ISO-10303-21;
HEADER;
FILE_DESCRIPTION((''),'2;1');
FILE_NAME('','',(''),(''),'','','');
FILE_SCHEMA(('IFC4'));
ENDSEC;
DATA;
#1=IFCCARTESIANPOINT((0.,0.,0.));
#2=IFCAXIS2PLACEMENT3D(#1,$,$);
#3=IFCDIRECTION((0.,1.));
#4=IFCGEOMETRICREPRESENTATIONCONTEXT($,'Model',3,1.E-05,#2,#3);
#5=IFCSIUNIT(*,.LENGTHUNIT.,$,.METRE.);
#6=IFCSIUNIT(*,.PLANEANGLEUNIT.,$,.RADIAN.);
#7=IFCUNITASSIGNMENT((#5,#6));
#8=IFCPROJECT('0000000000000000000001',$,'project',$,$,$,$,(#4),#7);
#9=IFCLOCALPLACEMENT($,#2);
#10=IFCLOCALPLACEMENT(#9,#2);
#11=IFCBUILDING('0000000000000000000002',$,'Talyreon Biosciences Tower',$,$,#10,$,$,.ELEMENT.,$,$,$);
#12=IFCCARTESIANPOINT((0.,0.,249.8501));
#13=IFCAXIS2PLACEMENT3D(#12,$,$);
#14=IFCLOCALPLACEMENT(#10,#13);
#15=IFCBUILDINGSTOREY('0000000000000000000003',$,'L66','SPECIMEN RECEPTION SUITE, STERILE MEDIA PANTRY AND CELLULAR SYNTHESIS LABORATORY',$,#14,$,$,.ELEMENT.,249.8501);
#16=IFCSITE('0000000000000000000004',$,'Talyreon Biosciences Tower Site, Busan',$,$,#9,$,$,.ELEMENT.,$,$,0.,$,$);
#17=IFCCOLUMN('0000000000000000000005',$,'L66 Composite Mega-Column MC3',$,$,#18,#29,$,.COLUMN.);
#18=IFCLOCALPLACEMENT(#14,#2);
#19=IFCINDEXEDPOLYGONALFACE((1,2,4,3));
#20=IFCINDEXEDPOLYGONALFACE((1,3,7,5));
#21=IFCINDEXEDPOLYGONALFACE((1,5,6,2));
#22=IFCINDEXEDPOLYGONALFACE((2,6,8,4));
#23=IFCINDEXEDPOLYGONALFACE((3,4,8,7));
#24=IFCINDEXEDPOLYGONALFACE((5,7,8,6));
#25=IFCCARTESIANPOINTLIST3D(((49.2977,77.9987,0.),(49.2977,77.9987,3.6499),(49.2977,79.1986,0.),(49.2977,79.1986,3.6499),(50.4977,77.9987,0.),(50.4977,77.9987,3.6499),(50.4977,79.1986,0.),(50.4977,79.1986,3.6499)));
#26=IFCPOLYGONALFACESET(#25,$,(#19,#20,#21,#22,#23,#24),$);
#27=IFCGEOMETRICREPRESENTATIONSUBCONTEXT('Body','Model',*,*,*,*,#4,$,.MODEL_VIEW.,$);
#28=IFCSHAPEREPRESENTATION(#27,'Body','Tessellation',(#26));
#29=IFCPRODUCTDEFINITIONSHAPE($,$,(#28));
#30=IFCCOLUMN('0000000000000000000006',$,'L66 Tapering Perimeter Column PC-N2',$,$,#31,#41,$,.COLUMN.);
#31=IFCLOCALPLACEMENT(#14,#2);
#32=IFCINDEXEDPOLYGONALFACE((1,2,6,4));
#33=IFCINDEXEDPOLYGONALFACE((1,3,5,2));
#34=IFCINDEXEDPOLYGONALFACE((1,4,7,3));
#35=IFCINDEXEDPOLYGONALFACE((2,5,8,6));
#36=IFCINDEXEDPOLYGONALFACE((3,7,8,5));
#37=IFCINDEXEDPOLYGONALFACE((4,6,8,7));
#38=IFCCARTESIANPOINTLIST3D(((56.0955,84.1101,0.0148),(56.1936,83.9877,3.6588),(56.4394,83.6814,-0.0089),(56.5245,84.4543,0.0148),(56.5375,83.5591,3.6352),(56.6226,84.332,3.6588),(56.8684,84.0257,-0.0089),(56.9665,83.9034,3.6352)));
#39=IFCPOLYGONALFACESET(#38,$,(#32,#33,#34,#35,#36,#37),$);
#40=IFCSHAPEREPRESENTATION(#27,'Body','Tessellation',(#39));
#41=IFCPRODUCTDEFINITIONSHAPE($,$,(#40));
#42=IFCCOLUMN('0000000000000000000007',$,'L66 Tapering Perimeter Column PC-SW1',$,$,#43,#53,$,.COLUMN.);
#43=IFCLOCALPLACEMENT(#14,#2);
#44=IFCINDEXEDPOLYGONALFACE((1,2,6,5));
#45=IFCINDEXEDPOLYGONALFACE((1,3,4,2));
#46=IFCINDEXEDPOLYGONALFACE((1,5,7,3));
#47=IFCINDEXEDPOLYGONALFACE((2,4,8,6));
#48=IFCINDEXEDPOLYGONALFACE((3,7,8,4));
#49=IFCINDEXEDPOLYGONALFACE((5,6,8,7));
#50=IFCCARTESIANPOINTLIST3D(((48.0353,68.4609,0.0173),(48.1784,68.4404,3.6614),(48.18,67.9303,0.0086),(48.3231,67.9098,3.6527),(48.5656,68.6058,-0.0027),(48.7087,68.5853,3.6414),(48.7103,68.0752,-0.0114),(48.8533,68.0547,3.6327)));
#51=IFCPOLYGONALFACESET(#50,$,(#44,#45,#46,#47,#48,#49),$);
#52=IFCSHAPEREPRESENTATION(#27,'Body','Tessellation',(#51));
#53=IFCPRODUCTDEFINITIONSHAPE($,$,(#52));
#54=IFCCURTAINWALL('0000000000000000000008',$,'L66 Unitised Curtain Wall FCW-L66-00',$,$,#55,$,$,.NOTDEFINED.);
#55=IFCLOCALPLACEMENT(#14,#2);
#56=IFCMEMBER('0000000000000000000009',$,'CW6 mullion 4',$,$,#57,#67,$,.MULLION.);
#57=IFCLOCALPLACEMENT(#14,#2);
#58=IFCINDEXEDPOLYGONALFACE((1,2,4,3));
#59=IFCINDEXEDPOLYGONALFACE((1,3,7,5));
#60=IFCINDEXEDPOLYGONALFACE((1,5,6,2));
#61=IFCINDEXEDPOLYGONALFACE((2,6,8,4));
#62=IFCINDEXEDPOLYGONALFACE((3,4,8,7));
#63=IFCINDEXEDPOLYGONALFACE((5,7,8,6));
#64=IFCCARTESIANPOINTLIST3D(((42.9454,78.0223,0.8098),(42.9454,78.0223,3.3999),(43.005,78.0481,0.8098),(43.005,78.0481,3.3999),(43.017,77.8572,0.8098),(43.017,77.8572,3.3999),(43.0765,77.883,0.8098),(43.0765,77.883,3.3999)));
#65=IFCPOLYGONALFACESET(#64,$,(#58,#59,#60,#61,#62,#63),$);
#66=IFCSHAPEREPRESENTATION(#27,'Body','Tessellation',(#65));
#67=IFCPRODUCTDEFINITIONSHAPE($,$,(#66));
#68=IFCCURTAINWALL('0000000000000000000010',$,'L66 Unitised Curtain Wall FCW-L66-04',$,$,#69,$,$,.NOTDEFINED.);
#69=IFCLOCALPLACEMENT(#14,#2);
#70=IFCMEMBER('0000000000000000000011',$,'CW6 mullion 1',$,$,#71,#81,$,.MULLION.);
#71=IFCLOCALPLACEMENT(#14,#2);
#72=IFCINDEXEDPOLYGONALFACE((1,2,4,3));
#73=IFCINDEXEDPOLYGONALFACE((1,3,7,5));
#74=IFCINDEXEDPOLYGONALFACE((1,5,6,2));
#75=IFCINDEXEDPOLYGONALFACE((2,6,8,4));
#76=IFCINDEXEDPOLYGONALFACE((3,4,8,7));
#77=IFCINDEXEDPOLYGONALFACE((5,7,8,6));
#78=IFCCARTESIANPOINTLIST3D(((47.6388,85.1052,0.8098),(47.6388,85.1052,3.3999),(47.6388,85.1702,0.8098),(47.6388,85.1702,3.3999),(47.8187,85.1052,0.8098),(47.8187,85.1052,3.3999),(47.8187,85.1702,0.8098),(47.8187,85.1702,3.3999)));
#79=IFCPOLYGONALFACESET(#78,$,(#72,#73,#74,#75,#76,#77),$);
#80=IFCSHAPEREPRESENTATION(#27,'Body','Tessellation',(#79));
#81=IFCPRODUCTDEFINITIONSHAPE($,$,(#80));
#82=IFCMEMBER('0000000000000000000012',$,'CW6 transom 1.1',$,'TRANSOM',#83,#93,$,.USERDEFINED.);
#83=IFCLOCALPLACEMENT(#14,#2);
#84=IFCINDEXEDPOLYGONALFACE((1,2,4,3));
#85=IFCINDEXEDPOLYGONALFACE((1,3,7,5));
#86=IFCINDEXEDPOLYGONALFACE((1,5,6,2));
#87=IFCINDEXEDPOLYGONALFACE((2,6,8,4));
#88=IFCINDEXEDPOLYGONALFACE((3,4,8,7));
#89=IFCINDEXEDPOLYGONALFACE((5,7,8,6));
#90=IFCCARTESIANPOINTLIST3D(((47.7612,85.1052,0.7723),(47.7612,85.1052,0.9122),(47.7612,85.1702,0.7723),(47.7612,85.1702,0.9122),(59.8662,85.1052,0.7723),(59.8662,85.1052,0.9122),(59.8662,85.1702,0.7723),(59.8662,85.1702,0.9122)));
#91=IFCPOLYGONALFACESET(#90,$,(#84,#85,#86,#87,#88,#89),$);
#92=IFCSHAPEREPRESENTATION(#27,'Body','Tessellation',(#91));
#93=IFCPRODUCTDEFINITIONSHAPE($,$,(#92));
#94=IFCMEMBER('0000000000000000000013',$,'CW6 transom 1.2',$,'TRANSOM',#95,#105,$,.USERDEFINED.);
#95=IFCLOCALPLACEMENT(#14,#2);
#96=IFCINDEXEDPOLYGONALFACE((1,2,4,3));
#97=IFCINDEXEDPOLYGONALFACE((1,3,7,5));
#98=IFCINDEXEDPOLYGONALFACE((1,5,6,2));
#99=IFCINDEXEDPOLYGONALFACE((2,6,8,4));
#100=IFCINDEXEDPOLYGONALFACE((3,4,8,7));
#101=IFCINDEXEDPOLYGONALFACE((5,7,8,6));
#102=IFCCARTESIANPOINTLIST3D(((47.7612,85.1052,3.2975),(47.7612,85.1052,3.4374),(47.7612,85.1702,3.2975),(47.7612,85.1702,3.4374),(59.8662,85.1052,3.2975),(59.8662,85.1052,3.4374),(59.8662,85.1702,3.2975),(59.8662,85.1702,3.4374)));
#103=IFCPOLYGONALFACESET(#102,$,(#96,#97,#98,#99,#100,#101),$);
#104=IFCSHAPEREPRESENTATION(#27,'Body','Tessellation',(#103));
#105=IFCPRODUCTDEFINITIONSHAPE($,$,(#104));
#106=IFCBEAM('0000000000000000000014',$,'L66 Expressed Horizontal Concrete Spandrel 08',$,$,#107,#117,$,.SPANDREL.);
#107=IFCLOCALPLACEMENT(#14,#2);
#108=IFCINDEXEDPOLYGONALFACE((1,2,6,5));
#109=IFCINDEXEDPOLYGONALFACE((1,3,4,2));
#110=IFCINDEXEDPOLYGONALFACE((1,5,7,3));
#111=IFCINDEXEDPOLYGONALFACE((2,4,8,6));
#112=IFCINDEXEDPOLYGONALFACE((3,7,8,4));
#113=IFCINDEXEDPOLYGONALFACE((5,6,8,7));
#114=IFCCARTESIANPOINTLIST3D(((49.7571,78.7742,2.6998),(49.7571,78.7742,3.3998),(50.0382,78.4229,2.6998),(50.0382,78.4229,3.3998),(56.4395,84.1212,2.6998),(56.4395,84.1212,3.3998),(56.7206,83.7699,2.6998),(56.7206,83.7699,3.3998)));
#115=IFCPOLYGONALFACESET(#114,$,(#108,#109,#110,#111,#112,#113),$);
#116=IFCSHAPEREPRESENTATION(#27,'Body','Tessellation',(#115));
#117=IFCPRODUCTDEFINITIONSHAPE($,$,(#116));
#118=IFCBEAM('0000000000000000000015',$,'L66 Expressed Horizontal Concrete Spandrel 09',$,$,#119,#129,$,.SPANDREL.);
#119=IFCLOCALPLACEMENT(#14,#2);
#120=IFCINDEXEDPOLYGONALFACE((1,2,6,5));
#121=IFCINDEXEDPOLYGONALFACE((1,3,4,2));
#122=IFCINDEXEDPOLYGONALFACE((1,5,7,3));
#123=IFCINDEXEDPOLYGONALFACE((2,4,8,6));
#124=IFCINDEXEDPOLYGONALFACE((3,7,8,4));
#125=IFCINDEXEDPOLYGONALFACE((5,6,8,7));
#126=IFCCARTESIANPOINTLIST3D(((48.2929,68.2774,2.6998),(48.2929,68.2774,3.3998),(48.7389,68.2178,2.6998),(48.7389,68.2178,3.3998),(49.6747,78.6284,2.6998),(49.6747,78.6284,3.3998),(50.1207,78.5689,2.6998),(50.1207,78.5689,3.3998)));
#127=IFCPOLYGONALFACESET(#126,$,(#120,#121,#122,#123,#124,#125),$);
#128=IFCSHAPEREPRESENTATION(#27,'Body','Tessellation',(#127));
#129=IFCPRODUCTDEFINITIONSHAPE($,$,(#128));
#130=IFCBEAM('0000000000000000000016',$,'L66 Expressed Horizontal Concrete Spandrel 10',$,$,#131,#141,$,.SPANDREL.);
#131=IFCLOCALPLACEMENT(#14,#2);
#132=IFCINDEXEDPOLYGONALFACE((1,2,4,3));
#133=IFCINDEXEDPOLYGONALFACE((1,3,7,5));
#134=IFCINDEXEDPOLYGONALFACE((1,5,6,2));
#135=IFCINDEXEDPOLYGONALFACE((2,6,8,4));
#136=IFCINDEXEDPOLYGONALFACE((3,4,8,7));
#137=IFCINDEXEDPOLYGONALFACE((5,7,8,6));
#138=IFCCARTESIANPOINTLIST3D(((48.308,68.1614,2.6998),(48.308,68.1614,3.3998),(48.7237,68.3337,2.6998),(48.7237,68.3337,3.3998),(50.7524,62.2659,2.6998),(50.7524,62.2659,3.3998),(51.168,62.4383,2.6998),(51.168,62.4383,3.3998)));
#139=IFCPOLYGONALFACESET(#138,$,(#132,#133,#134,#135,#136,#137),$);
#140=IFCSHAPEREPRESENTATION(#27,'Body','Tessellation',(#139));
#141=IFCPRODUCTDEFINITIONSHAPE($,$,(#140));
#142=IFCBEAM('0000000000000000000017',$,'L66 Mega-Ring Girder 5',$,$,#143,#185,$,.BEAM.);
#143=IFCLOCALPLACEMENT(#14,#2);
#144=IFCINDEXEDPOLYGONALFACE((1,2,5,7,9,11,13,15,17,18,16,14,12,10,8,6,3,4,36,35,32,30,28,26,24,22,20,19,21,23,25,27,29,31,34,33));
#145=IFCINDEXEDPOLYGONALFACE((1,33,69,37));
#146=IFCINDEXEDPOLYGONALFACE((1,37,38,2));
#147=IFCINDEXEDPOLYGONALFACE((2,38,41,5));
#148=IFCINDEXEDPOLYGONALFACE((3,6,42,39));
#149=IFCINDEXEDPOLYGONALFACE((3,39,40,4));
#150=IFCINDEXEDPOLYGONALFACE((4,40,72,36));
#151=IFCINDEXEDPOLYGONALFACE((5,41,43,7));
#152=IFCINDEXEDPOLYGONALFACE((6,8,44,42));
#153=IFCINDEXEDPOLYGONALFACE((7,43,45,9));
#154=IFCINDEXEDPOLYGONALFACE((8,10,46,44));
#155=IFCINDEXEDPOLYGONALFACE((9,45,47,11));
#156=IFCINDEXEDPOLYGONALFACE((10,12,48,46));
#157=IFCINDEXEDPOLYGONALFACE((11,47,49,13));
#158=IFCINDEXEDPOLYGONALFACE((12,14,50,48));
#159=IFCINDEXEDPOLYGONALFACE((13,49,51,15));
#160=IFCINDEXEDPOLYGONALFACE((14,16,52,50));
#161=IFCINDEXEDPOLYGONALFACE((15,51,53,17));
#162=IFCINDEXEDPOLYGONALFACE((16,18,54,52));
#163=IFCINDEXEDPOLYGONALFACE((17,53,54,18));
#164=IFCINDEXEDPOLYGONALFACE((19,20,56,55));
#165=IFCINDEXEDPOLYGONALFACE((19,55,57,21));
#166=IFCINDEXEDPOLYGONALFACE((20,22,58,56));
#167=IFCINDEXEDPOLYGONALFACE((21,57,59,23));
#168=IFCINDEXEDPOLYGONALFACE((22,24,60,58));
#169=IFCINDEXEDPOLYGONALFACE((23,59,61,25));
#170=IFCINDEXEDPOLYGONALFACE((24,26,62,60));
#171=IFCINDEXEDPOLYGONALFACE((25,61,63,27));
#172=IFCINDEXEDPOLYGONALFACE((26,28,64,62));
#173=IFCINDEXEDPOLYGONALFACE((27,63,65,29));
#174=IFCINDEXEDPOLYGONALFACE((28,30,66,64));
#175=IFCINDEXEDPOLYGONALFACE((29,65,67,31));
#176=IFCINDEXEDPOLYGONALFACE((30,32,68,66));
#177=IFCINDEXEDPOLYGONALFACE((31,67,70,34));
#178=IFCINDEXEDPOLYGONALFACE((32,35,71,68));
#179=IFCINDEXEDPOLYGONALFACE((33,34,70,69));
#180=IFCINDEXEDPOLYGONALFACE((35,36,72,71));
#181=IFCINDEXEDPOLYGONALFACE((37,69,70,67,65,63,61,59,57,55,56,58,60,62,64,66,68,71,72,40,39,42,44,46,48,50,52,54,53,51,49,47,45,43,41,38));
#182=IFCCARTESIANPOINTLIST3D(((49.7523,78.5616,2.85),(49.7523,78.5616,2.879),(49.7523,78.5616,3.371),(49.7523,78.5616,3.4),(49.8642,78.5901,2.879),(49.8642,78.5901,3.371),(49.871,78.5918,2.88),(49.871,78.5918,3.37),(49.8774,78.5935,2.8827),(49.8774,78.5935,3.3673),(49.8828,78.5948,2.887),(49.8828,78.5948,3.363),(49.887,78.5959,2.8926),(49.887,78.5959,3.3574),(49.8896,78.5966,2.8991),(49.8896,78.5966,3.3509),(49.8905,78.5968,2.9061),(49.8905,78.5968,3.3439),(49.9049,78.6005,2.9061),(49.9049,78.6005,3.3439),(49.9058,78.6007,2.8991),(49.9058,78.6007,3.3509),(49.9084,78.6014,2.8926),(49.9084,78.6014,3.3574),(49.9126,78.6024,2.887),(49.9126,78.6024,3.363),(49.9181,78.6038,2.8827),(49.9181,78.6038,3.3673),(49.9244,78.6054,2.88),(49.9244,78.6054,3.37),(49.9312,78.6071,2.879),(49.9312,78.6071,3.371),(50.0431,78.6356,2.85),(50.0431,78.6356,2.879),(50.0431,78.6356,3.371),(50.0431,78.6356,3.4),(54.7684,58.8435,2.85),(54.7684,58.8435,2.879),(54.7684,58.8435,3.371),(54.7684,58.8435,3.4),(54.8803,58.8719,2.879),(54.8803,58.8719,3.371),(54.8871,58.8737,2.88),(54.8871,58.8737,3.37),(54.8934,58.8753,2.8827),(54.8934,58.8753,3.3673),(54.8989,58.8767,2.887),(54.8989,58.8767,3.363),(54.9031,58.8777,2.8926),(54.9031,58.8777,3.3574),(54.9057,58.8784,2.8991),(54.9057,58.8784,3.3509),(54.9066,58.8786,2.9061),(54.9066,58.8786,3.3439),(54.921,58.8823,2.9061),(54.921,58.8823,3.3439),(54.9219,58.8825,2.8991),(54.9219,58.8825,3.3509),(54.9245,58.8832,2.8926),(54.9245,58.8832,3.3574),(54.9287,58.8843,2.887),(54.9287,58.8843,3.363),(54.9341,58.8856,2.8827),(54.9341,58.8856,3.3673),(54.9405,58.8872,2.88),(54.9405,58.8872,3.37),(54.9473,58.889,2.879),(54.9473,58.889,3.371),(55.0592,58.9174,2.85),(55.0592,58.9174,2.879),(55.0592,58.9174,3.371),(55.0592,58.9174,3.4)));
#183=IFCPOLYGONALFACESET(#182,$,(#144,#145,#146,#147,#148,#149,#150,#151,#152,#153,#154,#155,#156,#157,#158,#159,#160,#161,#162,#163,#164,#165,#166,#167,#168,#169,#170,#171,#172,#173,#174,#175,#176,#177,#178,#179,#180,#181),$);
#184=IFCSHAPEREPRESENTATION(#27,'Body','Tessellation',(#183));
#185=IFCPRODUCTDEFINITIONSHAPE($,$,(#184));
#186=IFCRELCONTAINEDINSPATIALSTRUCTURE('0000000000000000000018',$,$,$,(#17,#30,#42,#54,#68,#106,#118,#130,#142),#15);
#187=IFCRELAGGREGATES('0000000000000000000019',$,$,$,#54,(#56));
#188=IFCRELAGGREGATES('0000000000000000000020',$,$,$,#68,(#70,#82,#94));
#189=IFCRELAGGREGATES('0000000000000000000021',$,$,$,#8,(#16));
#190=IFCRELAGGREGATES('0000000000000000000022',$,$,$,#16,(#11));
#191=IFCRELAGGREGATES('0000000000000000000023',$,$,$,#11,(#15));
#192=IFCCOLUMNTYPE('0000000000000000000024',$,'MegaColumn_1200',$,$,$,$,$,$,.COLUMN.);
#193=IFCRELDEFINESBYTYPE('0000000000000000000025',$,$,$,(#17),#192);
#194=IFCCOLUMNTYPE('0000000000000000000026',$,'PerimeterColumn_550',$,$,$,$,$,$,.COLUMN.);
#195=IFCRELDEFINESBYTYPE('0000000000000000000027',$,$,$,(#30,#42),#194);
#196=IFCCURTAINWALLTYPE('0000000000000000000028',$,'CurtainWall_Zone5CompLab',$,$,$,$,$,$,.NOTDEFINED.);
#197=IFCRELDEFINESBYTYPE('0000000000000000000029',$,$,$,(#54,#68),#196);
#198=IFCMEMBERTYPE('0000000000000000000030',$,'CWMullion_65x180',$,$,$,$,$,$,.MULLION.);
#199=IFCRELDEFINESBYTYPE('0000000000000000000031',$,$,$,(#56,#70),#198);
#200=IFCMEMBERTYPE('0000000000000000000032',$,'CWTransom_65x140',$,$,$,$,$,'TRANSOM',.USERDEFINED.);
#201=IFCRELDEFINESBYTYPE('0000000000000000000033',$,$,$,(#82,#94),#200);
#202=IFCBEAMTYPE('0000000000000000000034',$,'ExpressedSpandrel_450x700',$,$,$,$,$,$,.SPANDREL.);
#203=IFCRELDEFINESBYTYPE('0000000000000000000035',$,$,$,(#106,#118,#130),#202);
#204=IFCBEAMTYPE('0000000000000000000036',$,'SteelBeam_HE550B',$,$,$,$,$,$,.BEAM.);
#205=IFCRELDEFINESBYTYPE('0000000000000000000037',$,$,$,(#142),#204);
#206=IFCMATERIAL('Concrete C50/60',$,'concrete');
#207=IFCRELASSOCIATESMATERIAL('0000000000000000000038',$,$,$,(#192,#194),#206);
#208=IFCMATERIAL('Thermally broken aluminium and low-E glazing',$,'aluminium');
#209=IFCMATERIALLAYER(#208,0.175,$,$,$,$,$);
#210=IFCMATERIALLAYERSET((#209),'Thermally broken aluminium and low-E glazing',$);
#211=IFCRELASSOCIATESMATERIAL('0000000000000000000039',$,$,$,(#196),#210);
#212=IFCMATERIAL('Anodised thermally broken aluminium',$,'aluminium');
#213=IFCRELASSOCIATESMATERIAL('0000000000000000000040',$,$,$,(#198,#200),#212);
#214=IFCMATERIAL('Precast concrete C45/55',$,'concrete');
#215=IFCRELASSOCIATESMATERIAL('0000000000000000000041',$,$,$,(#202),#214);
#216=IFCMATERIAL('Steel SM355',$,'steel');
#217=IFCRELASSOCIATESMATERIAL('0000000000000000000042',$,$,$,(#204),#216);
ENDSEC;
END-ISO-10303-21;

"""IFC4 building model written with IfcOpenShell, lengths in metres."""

from ifc_helpers import new_model, si_unit, direction, frame, origin, origin_2d, place, context, subcontext, project, spatial, rectangle, i_section, extrude, material, layer, layer_set, material_profile, profile_set, type_object, element, aggregate, save


model = new_model("IFC4")

# Units and contexts
model_context = context("Model", 3, precision=1e-05, world=origin(), true_north=direction((0.0, 1.0)))
body_context = subcontext(model_context, "Body", "Model", "MODEL_VIEW")
ifc_project = project(units=[si_unit("LENGTHUNIT", "METRE"), si_unit("PLANEANGLEUNIT", "RADIAN")], contexts=[model_context])

# Site, building, storey
site_placement = place(None, origin())
site = spatial("IfcSite", under=ifc_project, at=site_placement, Name="Talyreon Biosciences Tower Site, Busan", CompositionType="ELEMENT", RefElevation=0.0)
building_placement = place(site_placement, origin())
building = spatial("IfcBuilding", under=site, at=building_placement, Name="Talyreon Biosciences Tower", CompositionType="ELEMENT")
storey_placement = place(building_placement, frame((0.0, 0.0, 249.8501)))
storey = spatial("IfcBuildingStorey", under=building, at=storey_placement, Name="L66", Description="SPECIMEN RECEPTION SUITE, STERILE MEDIA PANTRY AND CELLULAR SYNTHESIS LABORATORY", CompositionType="ELEMENT", Elevation=249.8501)

# Columns
ifc_material_1 = material(Name="Concrete C50/60", Category="concrete")
ifc_material_profile_1 = material_profile(ifc_material_1, rectangle(XDim=1.2, YDim=1.2, at=origin_2d()), Name="RC 1200x1200")
ifc_profile_set_1 = profile_set([ifc_material_profile_1], Name="Concrete C50/60")
column_type_1 = type_object("IfcColumnType", Name="MegaColumn_1200", PredefinedType="COLUMN", material=ifc_profile_set_1)
column_1_placement = place(storey_placement, frame((49.8977, 78.5986, 0.0), z_axis=(0.0, 0.0, 1.0), x_axis=(1.0, 0.0, 0.0)))
element("IfcColumn", 1, at=column_1_placement, inside=storey, type_object=column_type_1, Name="L66 Composite Mega-Column MC3", PredefinedType="COLUMN", context=body_context, shape_type="SweptSolid", body=[
    extrude(rectangle(XDim=1.2, YDim=1.2, at=origin_2d()), origin(), (0.0, 0.0, 1.0), 3.6499),
])
ifc_material_profile_2 = material_profile(ifc_material_1, rectangle(XDim=0.55, YDim=0.55, at=origin_2d()), Name="RC 550x550")
ifc_profile_set_2 = profile_set([ifc_material_profile_2], Name="Concrete C50/60")
column_type_2 = type_object("IfcColumnType", Name="PerimeterColumn_550", PredefinedType="COLUMN", material=ifc_profile_set_2)
column_2_placement = place(storey_placement, frame((56.4819, 84.0679, 0.0029), z_axis=(0.026908, -0.033535, 0.999075), x_axis=(-0.779957, -0.625834, 0.0)))
element("IfcColumn", 2, at=column_2_placement, inside=storey, type_object=column_type_2, Name="L66 Tapering Perimeter Column PC-N2", PredefinedType="COLUMN", context=body_context, shape_type="SweptSolid", body=[
    extrude(rectangle(XDim=0.55, YDim=0.55, at=origin_2d()), origin(), (0.0, 0.0, 1.0), 3.6475),
])
column_3_placement = place(storey_placement, frame((48.3728, 68.2681, 0.0029), z_axis=(0.03923, -0.005623, 0.999214), x_axis=(0.963998, 0.263412, -0.036364)))
element("IfcColumn", 3, at=column_3_placement, inside=storey, type_object=column_type_2, Name="L66 Tapering Perimeter Column PC-SW1", PredefinedType="COLUMN", context=body_context, shape_type="SweptSolid", body=[
    extrude(rectangle(XDim=0.55, YDim=0.55, at=origin_2d()), origin(), (0.0, 0.0, 1.0), 3.647),
])

# Curtain wall, member
ifc_material_2 = material(Name="Thermally broken aluminium and low-E glazing", Category="aluminium")
ifc_layer_1 = layer(ifc_material_2, 0.175)
ifc_layer_set_1 = layer_set([ifc_layer_1], Name="Thermally broken aluminium and low-E glazing")
curtain_wall_type = type_object("IfcCurtainWallType", Name="CurtainWall_Zone5CompLab", PredefinedType="NOTDEFINED", material=ifc_layer_set_1)
curtain_wall_1_placement = place(storey_placement, origin())
curtain_wall_1 = element("IfcCurtainWall", 4, at=curtain_wall_1_placement, inside=storey, type_object=curtain_wall_type, Name="L66 Unitised Curtain Wall FCW-L66-00", PredefinedType="NOTDEFINED")
ifc_material_3 = material(Name="Anodised thermally broken aluminium", Category="aluminium")
ifc_material_profile_3 = material_profile(ifc_material_3, rectangle(XDim=0.0649, YDim=0.1799, at=origin_2d()), Name="ALUM MULLION 65x180")
ifc_profile_set_3 = profile_set([ifc_material_profile_3], Name="Anodised thermally broken aluminium")
member_type_1 = type_object("IfcMemberType", Name="CWMullion_65x180", PredefinedType="MULLION", material=ifc_profile_set_3)
member_1_placement = place(storey_placement, frame((43.011, 77.9526, 0.8098), z_axis=(0.0, 0.0, 1.0), x_axis=(-0.917586, -0.397537, 0.0)))
member_1 = element("IfcMember", 5, at=member_1_placement, type_object=member_type_1, Name="CW6 mullion 4", PredefinedType="MULLION", context=body_context, shape_type="SweptSolid", body=[
    extrude(rectangle(XDim=0.0649, YDim=0.1799, at=origin_2d()), origin(), (0.0, 0.0, 1.0), 2.5901),
])

# Curtain wall, members
curtain_wall_2_placement = place(storey_placement, origin())
curtain_wall_2 = element("IfcCurtainWall", 6, at=curtain_wall_2_placement, inside=storey, type_object=curtain_wall_type, Name="L66 Unitised Curtain Wall FCW-L66-04", PredefinedType="NOTDEFINED")
member_2_placement = place(storey_placement, frame((47.7288, 85.1377, 0.8098), z_axis=(0.0, 0.0, 1.0), x_axis=(0.0, 1.0, 0.0)))
member_2 = element("IfcMember", 7, at=member_2_placement, type_object=member_type_1, Name="CW6 mullion 1", PredefinedType="MULLION", context=body_context, shape_type="SweptSolid", body=[
    extrude(rectangle(XDim=0.0649, YDim=0.1799, at=origin_2d()), origin(), (0.0, 0.0, 1.0), 2.5901),
])
ifc_material_profile_4 = material_profile(ifc_material_3, rectangle(XDim=0.0649, YDim=0.1399, at=origin_2d()), Name="ALUM TRANSOM 65x140")
ifc_profile_set_4 = profile_set([ifc_material_profile_4], Name="Anodised thermally broken aluminium")
member_type_2 = type_object("IfcMemberType", Name="CWTransom_65x140", ElementType="TRANSOM", PredefinedType="USERDEFINED", material=ifc_profile_set_4)
member_3_placement = place(storey_placement, frame((47.7612, 85.1377, 0.8423), z_axis=(1.0, 0.0, 0.0), x_axis=(0.0, 1.0, 0.0)))
member_3 = element("IfcMember", 8, at=member_3_placement, type_object=member_type_2, Name="CW6 transom 1.1", ObjectType="TRANSOM", PredefinedType="USERDEFINED", context=body_context, shape_type="SweptSolid", body=[
    extrude(rectangle(XDim=0.0649, YDim=0.1399, at=origin_2d()), origin(), (0.0, 0.0, 1.0), 12.105),
])
member_4_placement = place(storey_placement, frame((47.7612, 85.1377, 3.3674), z_axis=(1.0, 0.0, 0.0), x_axis=(0.0, 1.0, 0.0)))
member_4 = element("IfcMember", 9, at=member_4_placement, type_object=member_type_2, Name="CW6 transom 1.2", ObjectType="TRANSOM", PredefinedType="USERDEFINED", context=body_context, shape_type="SweptSolid", body=[
    extrude(rectangle(XDim=0.0649, YDim=0.1399, at=origin_2d()), origin(), (0.0, 0.0, 1.0), 12.105),
])

# Beams
ifc_material_4 = material(Name="Precast concrete C45/55", Category="concrete")
ifc_material_profile_5 = material_profile(ifc_material_4, rectangle(XDim=0.45, YDim=0.7, at=origin_2d()), Name="RCB 450x700")
ifc_profile_set_5 = profile_set([ifc_material_profile_5], Name="Precast concrete C45/55")
beam_type_1 = type_object("IfcBeamType", Name="ExpressedSpandrel_450x700", PredefinedType="SPANDREL", material=ifc_profile_set_5)
beam_1_placement = place(storey_placement, frame((56.5801, 83.9456, 3.0498), z_axis=(-0.78081, -0.624768, 0.0), x_axis=(0.624768, -0.78081, 0.0)))
element("IfcBeam", 10, at=beam_1_placement, inside=storey, type_object=beam_type_1, Name="L66 Expressed Horizontal Concrete Spandrel 08", PredefinedType="SPANDREL", context=body_context, shape_type="SweptSolid", body=[
    extrude(rectangle(XDim=0.45, YDim=0.7, at=origin_2d()), origin(), (0.0, 0.0, 1.0), 8.5583),
])
beam_2_placement = place(storey_placement, frame((49.8977, 78.5986, 3.0498), z_axis=(-0.132323, -0.991207, 0.0), x_axis=(0.991207, -0.132323, 0.0)))
element("IfcBeam", 11, at=beam_2_placement, inside=storey, type_object=beam_type_1, Name="L66 Expressed Horizontal Concrete Spandrel 09", PredefinedType="SPANDREL", context=body_context, shape_type="SweptSolid", body=[
    extrude(rectangle(XDim=0.45, YDim=0.7, at=origin_2d()), origin(), (0.0, 0.0, 1.0), 10.4429),
])
beam_3_placement = place(storey_placement, frame((48.5159, 68.2476, 3.0498), z_axis=(0.382996, -0.92375, 0.0), x_axis=(0.92375, 0.382996, 0.0)))
element("IfcBeam", 12, at=beam_3_placement, inside=storey, type_object=beam_type_1, Name="L66 Expressed Horizontal Concrete Spandrel 10", PredefinedType="SPANDREL", context=body_context, shape_type="SweptSolid", body=[
    extrude(rectangle(XDim=0.45, YDim=0.7, at=origin_2d()), origin(), (0.0, 0.0, 1.0), 6.3821),
])
ifc_material_5 = material(Name="Steel SM355", Category="steel")
ifc_material_profile_6 = material_profile(ifc_material_5, i_section(OverallWidth=0.3, OverallDepth=0.55, WebThickness=0.0149, FlangeThickness=0.0291, FilletRadius=0.0271, at=origin_2d()), Name="HE550B")
ifc_profile_set_6 = profile_set([ifc_material_profile_6], Name="Steel SM355")
beam_type_2 = type_object("IfcBeamType", Name="SteelBeam_HE550B", PredefinedType="BEAM", material=ifc_profile_set_6)
beam_4_placement = place(storey_placement, frame((49.8977, 78.5986, 3.125), z_axis=(0.246537, -0.969133, 0.0), x_axis=(0.969133, 0.246537, 0.0)))
element("IfcBeam", 13, at=beam_4_placement, inside=storey, type_object=beam_type_2, Name="L66 Mega-Ring Girder 5", PredefinedType="BEAM", context=body_context, shape_type="SweptSolid", body=[
    extrude(i_section(OverallWidth=0.3, OverallDepth=0.55, WebThickness=0.0149, FlangeThickness=0.0291, FilletRadius=0.0271, at=origin_2d()), origin(), (0.0, 0.0, 1.0), 20.3462),
])

aggregate(curtain_wall_1, [member_1])
aggregate(curtain_wall_2, [member_2, member_3, member_4])

save(model, "model.ifc")
